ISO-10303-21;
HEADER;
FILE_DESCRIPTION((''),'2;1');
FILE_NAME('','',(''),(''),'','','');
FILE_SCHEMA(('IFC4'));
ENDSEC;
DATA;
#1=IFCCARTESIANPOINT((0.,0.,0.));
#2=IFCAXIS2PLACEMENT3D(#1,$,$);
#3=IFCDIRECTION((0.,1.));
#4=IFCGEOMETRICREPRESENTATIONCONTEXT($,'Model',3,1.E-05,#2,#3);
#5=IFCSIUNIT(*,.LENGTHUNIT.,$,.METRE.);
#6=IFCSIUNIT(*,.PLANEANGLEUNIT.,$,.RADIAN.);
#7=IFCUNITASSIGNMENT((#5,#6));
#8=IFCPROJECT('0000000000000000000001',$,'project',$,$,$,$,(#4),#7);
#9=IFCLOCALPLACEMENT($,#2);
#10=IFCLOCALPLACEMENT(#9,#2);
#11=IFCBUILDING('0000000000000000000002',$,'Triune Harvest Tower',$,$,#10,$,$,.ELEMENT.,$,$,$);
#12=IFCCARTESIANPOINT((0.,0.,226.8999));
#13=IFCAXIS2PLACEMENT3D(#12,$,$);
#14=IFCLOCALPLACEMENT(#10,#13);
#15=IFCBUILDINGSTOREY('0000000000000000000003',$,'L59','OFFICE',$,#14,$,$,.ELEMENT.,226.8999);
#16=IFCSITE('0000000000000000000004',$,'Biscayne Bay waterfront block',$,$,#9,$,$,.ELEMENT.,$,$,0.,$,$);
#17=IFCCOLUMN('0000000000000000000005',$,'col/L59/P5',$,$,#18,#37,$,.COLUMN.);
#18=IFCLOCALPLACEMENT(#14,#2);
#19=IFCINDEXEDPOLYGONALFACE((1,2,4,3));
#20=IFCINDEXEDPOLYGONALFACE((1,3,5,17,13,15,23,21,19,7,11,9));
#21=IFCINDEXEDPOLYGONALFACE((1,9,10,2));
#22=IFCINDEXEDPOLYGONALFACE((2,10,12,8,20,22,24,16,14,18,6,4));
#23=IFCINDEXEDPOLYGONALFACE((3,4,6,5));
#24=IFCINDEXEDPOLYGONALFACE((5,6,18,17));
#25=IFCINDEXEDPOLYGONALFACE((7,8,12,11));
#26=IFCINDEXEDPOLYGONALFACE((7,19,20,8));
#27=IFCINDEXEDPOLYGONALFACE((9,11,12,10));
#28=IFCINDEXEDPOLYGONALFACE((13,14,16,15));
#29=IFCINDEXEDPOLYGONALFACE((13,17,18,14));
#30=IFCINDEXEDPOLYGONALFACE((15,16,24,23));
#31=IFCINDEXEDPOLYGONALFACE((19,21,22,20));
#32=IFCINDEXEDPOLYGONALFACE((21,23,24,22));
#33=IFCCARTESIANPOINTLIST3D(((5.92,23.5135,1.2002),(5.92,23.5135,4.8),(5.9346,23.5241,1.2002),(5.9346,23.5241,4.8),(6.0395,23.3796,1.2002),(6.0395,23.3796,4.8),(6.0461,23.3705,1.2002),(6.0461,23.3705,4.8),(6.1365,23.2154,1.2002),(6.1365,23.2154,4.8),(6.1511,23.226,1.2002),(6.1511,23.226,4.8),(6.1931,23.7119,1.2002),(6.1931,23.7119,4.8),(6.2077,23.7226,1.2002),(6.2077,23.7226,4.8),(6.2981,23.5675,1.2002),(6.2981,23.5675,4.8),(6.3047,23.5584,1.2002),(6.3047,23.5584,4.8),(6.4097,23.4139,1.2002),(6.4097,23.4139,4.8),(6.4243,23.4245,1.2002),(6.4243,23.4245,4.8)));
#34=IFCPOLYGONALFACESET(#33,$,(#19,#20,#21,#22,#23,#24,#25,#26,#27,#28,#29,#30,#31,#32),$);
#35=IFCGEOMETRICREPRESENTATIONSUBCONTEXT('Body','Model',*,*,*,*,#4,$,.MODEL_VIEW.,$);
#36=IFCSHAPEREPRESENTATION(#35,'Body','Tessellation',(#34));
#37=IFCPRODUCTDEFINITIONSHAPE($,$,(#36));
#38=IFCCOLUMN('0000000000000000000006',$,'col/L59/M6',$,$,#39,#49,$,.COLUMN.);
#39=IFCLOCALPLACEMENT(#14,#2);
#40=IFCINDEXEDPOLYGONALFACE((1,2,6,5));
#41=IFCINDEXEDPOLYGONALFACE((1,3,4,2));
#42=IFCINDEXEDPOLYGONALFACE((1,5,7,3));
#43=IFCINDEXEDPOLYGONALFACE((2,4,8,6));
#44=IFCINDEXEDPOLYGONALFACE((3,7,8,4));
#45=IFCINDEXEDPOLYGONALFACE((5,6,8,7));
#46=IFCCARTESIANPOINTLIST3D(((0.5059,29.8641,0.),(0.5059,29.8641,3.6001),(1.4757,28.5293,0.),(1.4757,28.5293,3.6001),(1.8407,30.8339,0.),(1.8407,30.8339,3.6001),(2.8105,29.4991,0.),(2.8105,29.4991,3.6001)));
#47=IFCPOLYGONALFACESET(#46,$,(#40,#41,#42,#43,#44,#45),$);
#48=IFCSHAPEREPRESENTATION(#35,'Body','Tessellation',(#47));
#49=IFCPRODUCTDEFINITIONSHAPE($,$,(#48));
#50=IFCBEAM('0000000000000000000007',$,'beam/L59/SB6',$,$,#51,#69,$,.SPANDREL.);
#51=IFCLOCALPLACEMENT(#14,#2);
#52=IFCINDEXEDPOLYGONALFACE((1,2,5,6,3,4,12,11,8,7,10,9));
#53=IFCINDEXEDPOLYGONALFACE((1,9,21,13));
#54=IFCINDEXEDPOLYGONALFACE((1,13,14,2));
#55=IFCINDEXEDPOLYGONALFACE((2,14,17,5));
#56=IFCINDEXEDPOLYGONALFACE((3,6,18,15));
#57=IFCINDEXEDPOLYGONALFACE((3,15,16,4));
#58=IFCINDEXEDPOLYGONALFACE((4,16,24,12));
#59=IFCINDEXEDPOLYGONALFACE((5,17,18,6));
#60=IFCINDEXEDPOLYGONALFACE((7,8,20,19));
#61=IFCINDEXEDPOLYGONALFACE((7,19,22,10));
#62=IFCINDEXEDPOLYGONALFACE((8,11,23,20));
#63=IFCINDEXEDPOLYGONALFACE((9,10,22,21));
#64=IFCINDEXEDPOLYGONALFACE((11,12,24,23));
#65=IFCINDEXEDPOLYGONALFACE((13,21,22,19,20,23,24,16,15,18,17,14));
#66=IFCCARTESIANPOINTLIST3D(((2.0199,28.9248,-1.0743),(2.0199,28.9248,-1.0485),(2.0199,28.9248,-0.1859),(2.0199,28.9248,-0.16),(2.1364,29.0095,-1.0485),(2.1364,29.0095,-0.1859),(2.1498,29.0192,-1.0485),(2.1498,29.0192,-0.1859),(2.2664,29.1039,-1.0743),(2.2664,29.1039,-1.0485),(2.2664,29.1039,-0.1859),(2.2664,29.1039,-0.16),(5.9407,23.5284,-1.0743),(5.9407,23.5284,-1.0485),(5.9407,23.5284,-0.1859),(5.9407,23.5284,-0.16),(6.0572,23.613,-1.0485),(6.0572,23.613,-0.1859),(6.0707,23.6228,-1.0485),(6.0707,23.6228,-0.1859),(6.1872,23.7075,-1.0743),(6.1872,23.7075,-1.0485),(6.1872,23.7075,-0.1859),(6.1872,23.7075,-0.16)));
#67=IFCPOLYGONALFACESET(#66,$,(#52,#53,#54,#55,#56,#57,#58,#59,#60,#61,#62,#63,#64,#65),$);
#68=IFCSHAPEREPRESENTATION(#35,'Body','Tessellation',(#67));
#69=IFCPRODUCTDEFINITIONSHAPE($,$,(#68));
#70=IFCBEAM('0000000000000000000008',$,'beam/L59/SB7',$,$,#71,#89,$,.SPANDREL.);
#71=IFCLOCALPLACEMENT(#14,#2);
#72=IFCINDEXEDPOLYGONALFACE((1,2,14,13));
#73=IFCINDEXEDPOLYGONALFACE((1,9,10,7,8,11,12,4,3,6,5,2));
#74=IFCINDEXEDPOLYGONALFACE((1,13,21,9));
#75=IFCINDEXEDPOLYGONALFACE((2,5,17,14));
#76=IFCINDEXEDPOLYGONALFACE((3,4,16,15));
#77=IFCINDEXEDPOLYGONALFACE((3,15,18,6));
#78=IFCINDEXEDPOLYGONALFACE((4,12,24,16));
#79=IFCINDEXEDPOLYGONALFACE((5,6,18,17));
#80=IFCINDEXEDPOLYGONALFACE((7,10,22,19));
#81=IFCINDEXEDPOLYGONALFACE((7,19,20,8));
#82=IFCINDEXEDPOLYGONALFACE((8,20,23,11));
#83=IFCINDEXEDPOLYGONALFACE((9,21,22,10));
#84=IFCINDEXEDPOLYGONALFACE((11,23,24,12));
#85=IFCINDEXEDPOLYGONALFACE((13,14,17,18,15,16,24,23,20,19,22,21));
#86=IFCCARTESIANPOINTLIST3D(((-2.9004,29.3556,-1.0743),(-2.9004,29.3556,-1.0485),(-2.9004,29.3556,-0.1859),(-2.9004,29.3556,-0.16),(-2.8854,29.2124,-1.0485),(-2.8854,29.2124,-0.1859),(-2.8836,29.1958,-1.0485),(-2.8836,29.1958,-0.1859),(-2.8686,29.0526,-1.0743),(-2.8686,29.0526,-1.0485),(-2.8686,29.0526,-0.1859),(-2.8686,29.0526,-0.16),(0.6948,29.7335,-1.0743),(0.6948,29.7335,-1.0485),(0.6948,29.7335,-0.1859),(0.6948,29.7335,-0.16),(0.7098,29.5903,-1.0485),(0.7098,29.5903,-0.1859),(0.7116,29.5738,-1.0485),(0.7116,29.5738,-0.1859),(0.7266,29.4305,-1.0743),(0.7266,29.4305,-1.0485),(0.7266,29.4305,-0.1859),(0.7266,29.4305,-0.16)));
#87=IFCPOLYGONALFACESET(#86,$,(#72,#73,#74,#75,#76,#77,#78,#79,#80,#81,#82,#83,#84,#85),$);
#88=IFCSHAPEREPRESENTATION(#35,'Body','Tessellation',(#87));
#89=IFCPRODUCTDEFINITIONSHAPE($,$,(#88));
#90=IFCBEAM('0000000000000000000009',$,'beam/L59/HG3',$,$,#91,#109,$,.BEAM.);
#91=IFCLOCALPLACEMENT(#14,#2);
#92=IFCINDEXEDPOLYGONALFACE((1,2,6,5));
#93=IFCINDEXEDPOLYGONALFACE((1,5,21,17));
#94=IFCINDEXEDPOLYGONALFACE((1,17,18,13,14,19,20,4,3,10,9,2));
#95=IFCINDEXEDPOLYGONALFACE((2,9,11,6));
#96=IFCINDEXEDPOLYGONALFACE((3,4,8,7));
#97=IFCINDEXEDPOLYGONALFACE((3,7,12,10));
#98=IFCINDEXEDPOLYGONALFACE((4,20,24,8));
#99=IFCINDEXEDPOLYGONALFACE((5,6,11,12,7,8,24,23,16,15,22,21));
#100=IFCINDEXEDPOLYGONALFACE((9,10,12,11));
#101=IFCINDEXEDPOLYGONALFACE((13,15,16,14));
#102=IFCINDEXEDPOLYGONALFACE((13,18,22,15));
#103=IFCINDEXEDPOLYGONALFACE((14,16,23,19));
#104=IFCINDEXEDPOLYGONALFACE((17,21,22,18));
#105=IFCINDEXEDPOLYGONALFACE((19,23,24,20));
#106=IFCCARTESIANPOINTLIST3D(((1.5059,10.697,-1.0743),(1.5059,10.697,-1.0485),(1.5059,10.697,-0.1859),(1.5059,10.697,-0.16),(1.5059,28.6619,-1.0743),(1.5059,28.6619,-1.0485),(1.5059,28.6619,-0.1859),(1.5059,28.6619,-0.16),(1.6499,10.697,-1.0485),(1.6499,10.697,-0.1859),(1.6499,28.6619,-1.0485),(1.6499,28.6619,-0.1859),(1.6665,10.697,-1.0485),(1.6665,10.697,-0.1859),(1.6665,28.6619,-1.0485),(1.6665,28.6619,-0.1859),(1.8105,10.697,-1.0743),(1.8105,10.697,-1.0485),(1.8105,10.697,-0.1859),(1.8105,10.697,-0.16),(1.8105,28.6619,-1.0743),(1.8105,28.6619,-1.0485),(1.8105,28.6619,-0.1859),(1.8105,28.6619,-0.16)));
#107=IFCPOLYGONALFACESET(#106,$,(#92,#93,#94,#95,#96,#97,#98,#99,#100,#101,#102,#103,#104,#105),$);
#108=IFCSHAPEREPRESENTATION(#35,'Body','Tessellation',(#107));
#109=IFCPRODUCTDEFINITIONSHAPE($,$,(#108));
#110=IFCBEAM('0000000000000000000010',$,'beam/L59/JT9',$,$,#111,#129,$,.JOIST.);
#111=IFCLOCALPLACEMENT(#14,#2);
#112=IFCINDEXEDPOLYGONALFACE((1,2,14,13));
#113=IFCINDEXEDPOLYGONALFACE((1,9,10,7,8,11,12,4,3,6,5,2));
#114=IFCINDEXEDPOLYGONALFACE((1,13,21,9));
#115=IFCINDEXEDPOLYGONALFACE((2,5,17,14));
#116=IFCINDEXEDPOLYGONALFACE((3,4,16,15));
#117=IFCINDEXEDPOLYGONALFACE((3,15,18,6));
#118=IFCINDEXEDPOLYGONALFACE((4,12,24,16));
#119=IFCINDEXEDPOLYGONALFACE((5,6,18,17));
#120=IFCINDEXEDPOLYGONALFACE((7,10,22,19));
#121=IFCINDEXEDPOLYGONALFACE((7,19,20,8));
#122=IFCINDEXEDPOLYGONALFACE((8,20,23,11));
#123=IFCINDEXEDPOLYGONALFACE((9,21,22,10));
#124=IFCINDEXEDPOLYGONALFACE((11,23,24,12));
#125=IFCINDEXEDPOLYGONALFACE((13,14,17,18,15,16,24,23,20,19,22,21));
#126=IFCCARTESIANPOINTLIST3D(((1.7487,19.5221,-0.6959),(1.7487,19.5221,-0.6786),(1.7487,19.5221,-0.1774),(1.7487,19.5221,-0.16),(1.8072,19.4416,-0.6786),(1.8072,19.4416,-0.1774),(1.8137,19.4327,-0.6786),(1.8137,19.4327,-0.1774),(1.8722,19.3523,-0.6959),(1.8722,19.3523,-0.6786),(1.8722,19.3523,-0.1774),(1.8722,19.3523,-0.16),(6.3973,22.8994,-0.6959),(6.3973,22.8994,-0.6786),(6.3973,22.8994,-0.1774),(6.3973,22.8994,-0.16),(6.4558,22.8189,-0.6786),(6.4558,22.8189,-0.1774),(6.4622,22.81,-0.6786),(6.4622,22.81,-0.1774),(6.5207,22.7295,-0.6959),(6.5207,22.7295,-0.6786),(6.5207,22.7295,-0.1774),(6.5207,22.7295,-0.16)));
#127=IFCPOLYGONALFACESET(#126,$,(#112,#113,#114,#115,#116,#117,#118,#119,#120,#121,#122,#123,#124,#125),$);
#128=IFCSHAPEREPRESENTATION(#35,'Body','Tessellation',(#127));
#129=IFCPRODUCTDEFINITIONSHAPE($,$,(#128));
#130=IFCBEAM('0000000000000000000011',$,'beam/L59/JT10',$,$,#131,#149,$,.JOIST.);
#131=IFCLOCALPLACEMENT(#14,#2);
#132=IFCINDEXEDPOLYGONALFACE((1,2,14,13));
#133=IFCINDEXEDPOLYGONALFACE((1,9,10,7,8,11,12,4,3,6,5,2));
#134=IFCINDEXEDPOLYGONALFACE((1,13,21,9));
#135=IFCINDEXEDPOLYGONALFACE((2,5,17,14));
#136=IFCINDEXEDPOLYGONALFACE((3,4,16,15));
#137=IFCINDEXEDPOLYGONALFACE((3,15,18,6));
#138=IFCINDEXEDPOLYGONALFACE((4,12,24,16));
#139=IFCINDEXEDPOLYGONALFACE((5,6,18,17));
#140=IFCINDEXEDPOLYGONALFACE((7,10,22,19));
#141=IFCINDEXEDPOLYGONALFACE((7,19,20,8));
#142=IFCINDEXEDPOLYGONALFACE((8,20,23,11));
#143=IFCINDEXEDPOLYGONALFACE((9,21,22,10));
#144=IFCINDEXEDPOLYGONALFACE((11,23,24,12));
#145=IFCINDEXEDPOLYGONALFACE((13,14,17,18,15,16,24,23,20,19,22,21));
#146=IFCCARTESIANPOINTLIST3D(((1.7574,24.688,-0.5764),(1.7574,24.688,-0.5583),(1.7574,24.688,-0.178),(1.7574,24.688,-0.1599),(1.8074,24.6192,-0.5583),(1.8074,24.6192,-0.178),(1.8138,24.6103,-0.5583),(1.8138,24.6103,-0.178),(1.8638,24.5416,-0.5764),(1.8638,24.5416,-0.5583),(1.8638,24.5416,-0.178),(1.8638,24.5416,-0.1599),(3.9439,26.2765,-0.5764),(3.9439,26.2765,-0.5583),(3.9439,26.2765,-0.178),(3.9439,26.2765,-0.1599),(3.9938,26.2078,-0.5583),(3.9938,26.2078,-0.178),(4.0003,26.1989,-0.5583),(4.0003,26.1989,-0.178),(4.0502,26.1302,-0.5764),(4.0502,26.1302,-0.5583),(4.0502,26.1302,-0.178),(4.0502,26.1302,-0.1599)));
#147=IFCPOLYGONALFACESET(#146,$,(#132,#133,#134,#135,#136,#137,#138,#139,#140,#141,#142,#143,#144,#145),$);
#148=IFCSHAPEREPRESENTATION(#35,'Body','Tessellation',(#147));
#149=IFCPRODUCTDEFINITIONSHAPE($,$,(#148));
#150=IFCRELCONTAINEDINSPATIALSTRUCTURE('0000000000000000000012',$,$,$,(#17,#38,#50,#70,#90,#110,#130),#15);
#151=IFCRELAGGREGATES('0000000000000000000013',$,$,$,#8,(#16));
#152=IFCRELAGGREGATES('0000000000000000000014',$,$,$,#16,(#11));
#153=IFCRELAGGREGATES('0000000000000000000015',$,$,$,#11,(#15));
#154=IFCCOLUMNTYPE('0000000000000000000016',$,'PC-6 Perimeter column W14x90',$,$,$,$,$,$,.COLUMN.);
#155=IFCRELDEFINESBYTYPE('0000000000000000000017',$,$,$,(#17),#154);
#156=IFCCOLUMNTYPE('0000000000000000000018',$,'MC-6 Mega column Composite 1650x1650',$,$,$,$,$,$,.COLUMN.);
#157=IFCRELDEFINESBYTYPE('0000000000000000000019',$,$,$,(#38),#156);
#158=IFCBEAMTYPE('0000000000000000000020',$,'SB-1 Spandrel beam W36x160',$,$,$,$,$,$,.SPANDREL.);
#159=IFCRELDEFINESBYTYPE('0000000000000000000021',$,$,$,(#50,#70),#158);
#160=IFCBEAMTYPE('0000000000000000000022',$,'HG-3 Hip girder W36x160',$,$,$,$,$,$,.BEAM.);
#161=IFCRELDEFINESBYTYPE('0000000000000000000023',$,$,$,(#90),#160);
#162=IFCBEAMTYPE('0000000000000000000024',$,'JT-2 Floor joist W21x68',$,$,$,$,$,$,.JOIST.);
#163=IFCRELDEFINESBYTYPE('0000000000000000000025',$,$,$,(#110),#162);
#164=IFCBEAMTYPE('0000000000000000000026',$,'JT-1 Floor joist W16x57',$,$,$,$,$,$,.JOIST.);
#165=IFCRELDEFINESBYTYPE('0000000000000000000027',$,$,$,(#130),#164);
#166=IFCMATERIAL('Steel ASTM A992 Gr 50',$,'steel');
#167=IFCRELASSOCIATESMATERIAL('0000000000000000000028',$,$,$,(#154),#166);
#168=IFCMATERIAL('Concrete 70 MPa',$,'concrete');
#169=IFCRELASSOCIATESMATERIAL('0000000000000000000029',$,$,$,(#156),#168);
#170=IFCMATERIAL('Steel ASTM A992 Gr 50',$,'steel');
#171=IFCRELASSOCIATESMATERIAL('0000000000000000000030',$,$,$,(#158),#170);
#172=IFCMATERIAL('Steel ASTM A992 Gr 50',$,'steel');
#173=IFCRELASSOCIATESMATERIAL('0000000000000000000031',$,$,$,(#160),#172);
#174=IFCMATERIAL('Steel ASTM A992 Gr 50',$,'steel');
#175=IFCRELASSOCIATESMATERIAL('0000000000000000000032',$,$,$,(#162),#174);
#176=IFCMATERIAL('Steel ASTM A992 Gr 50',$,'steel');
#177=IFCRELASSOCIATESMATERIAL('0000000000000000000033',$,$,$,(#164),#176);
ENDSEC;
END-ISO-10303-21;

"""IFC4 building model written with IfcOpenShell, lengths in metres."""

from ifc_helpers import new_model, si_unit, direction, frame, origin, origin_2d, place, context, subcontext, project, spatial, rectangle, i_section, extrude, source, transform, mapped, material, material_profile, profile_set, type_object, element, save


model = new_model("IFC4")

# Units and contexts
model_context = context("Model", 3, precision=1e-05, world=origin(), true_north=direction((0.0, 1.0)))
body_context = subcontext(model_context, "Body", "Model", "MODEL_VIEW")
ifc_project = project(units=[si_unit("LENGTHUNIT", "METRE"), si_unit("PLANEANGLEUNIT", "RADIAN")], contexts=[model_context])

# Site, building, storey
site_placement = place(None, origin())
site = spatial("IfcSite", under=ifc_project, at=site_placement, Name="Biscayne Bay waterfront block", CompositionType="ELEMENT", RefElevation=0.0)
building_placement = place(site_placement, origin())
building = spatial("IfcBuilding", under=site, at=building_placement, Name="Triune Harvest Tower", CompositionType="ELEMENT")
storey_placement = place(building_placement, frame((0.0, 0.0, 226.8999)))
storey = spatial("IfcBuildingStorey", under=building, at=storey_placement, Name="L59", Description="OFFICE", CompositionType="ELEMENT", Elevation=226.8999)

# Columns
ifc_material_1 = material(Name="Steel ASTM A992 Gr 50", Category="steel")
ifc_material_profile_1 = material_profile(ifc_material_1, i_section(OverallWidth=0.3684, OverallDepth=0.3557, WebThickness=0.0112, FlangeThickness=0.0181, at=origin_2d()), Name="W14x90")
ifc_profile_set_1 = profile_set([ifc_material_profile_1], Name="Steel ASTM A992 Gr 50")
column_type_1 = type_object("IfcColumnType", Name="PC-6 Perimeter column W14x90", PredefinedType="COLUMN", material=ifc_profile_set_1)
shared_shape_1 = source(origin(), body_context, "Body", "SweptSolid", [
    extrude(i_section(OverallWidth=0.3684, OverallDepth=0.3557, WebThickness=0.0112, FlangeThickness=0.0181, at=origin_2d()), origin(), (0.0, 0.0, 1.0), 3.5999),
])
column_1_placement = place(storey_placement, frame((6.1721, 23.469, 1.2002), z_axis=(0.0, 0.0, 1.0), x_axis=(-0.587785, 0.809017, 0.0)))
element("IfcColumn", 1, at=column_1_placement, inside=storey, type_object=column_type_1, Name="col/L59/P5", PredefinedType="COLUMN", context=body_context, shape_type="MappedRepresentation", body=[
    mapped(shared_shape_1, transform((0.0, 0.0, 0.0), scale=1.0)),
])
ifc_material_2 = material(Name="Concrete 70 MPa", Category="concrete")
ifc_material_profile_2 = material_profile(ifc_material_2, rectangle(XDim=1.6499, YDim=1.6499, at=origin_2d()), Name="Composite 1650x1650")
ifc_profile_set_2 = profile_set([ifc_material_profile_2], Name="Concrete 70 MPa")
column_type_2 = type_object("IfcColumnType", Name="MC-6 Mega column Composite 1650x1650", PredefinedType="COLUMN", material=ifc_profile_set_2)
shared_shape_2 = source(origin(), body_context, "Body", "SweptSolid", [
    extrude(rectangle(XDim=1.6499, YDim=1.6499, at=origin_2d()), origin(), (0.0, 0.0, 1.0), 3.6001),
])
column_2_placement = place(storey_placement, frame((1.6582, 29.6816, 0.0), z_axis=(0.0, 0.0, 1.0), x_axis=(-0.587785, 0.809017, 0.0)))
element("IfcColumn", 2, at=column_2_placement, inside=storey, type_object=column_type_2, Name="col/L59/M6", PredefinedType="COLUMN", context=body_context, shape_type="MappedRepresentation", body=[
    mapped(shared_shape_2, transform((0.0, 0.0, 0.0), scale=1.0)),
])

# Beams
ifc_material_3 = material(Name="Steel ASTM A992 Gr 50", Category="steel")
ifc_material_profile_3 = material_profile(ifc_material_3, i_section(OverallWidth=0.3047, OverallDepth=0.9143, WebThickness=0.0166, FlangeThickness=0.0259, at=origin_2d()), Name="W36x160")
ifc_profile_set_3 = profile_set([ifc_material_profile_3], Name="Steel ASTM A992 Gr 50")
beam_type_1 = type_object("IfcBeamType", Name="SB-1 Spandrel beam W36x160", PredefinedType="SPANDREL", material=ifc_profile_set_3)
shared_shape_3 = source(origin(), body_context, "Body", "SweptSolid", [
    extrude(i_section(OverallWidth=0.3047, OverallDepth=0.9143, WebThickness=0.0166, FlangeThickness=0.0259, at=origin_2d()), origin(), (0.0, 0.0, 1.0), 6.6704),
])
beam_1_placement = place(storey_placement, frame((6.064, 23.6179, -0.6172), z_axis=(-0.587797, 0.809008, 0.0), x_axis=(-0.809008, -0.587797, 0.0)))
element("IfcBeam", 3, at=beam_1_placement, inside=storey, type_object=beam_type_1, Name="beam/L59/SB6", PredefinedType="SPANDREL", context=body_context, shape_type="MappedRepresentation", body=[
    mapped(shared_shape_3, transform((0.0, 0.0, 0.0), scale=1.0)),
])
shared_shape_4 = source(origin(), body_context, "Body", "SweptSolid", [
    extrude(i_section(OverallWidth=0.3047, OverallDepth=0.9143, WebThickness=0.0166, FlangeThickness=0.0259, at=origin_2d()), origin(), (0.0, 0.0, 1.0), 3.615),
])
beam_2_placement = place(storey_placement, frame((0.7107, 29.582, -0.6172), z_axis=(-0.99452, -0.104544, 0.0), x_axis=(0.104544, -0.99452, 0.0)))
element("IfcBeam", 4, at=beam_2_placement, inside=storey, type_object=beam_type_1, Name="beam/L59/SB7", PredefinedType="SPANDREL", context=body_context, shape_type="MappedRepresentation", body=[
    mapped(shared_shape_4, transform((0.0, 0.0, 0.0), scale=1.0)),
])
ifc_material_4 = material(Name="Steel ASTM A992 Gr 50", Category="steel")
ifc_material_profile_4 = material_profile(ifc_material_4, i_section(OverallWidth=0.3047, OverallDepth=0.9143, WebThickness=0.0166, FlangeThickness=0.0259, at=origin_2d()), Name="W36x160")
ifc_profile_set_4 = profile_set([ifc_material_profile_4], Name="Steel ASTM A992 Gr 50")
beam_type_2 = type_object("IfcBeamType", Name="HG-3 Hip girder W36x160", PredefinedType="BEAM", material=ifc_profile_set_4)
shared_shape_5 = source(origin(), body_context, "Body", "SweptSolid", [
    extrude(i_section(OverallWidth=0.3047, OverallDepth=0.9143, WebThickness=0.0166, FlangeThickness=0.0259, at=origin_2d()), origin(), (0.0, 0.0, 1.0), 17.9648),
])
beam_3_placement = place(storey_placement, frame((1.6582, 28.6619, -0.6172), z_axis=(0.0, -1.0, 0.0), x_axis=(1.0, 0.0, 0.0)))
element("IfcBeam", 5, at=beam_3_placement, inside=storey, type_object=beam_type_2, Name="beam/L59/HG3", PredefinedType="BEAM", context=body_context, shape_type="MappedRepresentation", body=[
    mapped(shared_shape_5, transform((0.0, 0.0, 0.0), scale=1.0)),
])
ifc_material_5 = material(Name="Steel ASTM A992 Gr 50", Category="steel")
ifc_material_profile_5 = material_profile(ifc_material_5, i_section(OverallWidth=0.21, OverallDepth=0.5359, WebThickness=0.011, FlangeThickness=0.0173, at=origin_2d()), Name="W21x68")
ifc_profile_set_5 = profile_set([ifc_material_profile_5], Name="Steel ASTM A992 Gr 50")
beam_type_3 = type_object("IfcBeamType", Name="JT-2 Floor joist W21x68", PredefinedType="JOIST", material=ifc_profile_set_5)
shared_shape_6 = source(origin(), body_context, "Body", "SweptSolid", [
    extrude(i_section(OverallWidth=0.21, OverallDepth=0.5359, WebThickness=0.011, FlangeThickness=0.0173, at=origin_2d()), origin(), (0.0, 0.0, 1.0), 5.7458),
])
beam_4_placement = place(storey_placement, frame((6.459, 22.8145, -0.428), z_axis=(-0.809024, -0.587775, 0.0), x_axis=(0.587775, -0.809024, 0.0)))
element("IfcBeam", 6, at=beam_4_placement, inside=storey, type_object=beam_type_3, Name="beam/L59/JT9", PredefinedType="JOIST", context=body_context, shape_type="MappedRepresentation", body=[
    mapped(shared_shape_6, transform((0.0, 0.0, 0.0), scale=1.0)),
])
ifc_material_6 = material(Name="Steel ASTM A992 Gr 50", Category="steel")
ifc_material_profile_6 = material_profile(ifc_material_6, i_section(OverallWidth=0.1809, OverallDepth=0.4165, WebThickness=0.011, FlangeThickness=0.0181, at=origin_2d()), Name="W16x57")
ifc_profile_set_6 = profile_set([ifc_material_profile_6], Name="Steel ASTM A992 Gr 50")
beam_type_4 = type_object("IfcBeamType", Name="JT-1 Floor joist W16x57", PredefinedType="JOIST", material=ifc_profile_set_6)
shared_shape_7 = source(origin(), body_context, "Body", "SweptSolid", [
    extrude(i_section(OverallWidth=0.1809, OverallDepth=0.4165, WebThickness=0.011, FlangeThickness=0.0181, at=origin_2d()), origin(), (0.0, 0.0, 1.0), 2.7026),
])
beam_5_placement = place(storey_placement, frame((3.9971, 26.2034, -0.3682), z_axis=(-0.809013, -0.58779, 0.0), x_axis=(0.58779, -0.809013, 0.0)))
element("IfcBeam", 7, at=beam_5_placement, inside=storey, type_object=beam_type_4, Name="beam/L59/JT10", PredefinedType="JOIST", context=body_context, shape_type="MappedRepresentation", body=[
    mapped(shared_shape_7, transform((0.0, 0.0, 0.0), scale=1.0)),
])

save(model, "model.ifc")
